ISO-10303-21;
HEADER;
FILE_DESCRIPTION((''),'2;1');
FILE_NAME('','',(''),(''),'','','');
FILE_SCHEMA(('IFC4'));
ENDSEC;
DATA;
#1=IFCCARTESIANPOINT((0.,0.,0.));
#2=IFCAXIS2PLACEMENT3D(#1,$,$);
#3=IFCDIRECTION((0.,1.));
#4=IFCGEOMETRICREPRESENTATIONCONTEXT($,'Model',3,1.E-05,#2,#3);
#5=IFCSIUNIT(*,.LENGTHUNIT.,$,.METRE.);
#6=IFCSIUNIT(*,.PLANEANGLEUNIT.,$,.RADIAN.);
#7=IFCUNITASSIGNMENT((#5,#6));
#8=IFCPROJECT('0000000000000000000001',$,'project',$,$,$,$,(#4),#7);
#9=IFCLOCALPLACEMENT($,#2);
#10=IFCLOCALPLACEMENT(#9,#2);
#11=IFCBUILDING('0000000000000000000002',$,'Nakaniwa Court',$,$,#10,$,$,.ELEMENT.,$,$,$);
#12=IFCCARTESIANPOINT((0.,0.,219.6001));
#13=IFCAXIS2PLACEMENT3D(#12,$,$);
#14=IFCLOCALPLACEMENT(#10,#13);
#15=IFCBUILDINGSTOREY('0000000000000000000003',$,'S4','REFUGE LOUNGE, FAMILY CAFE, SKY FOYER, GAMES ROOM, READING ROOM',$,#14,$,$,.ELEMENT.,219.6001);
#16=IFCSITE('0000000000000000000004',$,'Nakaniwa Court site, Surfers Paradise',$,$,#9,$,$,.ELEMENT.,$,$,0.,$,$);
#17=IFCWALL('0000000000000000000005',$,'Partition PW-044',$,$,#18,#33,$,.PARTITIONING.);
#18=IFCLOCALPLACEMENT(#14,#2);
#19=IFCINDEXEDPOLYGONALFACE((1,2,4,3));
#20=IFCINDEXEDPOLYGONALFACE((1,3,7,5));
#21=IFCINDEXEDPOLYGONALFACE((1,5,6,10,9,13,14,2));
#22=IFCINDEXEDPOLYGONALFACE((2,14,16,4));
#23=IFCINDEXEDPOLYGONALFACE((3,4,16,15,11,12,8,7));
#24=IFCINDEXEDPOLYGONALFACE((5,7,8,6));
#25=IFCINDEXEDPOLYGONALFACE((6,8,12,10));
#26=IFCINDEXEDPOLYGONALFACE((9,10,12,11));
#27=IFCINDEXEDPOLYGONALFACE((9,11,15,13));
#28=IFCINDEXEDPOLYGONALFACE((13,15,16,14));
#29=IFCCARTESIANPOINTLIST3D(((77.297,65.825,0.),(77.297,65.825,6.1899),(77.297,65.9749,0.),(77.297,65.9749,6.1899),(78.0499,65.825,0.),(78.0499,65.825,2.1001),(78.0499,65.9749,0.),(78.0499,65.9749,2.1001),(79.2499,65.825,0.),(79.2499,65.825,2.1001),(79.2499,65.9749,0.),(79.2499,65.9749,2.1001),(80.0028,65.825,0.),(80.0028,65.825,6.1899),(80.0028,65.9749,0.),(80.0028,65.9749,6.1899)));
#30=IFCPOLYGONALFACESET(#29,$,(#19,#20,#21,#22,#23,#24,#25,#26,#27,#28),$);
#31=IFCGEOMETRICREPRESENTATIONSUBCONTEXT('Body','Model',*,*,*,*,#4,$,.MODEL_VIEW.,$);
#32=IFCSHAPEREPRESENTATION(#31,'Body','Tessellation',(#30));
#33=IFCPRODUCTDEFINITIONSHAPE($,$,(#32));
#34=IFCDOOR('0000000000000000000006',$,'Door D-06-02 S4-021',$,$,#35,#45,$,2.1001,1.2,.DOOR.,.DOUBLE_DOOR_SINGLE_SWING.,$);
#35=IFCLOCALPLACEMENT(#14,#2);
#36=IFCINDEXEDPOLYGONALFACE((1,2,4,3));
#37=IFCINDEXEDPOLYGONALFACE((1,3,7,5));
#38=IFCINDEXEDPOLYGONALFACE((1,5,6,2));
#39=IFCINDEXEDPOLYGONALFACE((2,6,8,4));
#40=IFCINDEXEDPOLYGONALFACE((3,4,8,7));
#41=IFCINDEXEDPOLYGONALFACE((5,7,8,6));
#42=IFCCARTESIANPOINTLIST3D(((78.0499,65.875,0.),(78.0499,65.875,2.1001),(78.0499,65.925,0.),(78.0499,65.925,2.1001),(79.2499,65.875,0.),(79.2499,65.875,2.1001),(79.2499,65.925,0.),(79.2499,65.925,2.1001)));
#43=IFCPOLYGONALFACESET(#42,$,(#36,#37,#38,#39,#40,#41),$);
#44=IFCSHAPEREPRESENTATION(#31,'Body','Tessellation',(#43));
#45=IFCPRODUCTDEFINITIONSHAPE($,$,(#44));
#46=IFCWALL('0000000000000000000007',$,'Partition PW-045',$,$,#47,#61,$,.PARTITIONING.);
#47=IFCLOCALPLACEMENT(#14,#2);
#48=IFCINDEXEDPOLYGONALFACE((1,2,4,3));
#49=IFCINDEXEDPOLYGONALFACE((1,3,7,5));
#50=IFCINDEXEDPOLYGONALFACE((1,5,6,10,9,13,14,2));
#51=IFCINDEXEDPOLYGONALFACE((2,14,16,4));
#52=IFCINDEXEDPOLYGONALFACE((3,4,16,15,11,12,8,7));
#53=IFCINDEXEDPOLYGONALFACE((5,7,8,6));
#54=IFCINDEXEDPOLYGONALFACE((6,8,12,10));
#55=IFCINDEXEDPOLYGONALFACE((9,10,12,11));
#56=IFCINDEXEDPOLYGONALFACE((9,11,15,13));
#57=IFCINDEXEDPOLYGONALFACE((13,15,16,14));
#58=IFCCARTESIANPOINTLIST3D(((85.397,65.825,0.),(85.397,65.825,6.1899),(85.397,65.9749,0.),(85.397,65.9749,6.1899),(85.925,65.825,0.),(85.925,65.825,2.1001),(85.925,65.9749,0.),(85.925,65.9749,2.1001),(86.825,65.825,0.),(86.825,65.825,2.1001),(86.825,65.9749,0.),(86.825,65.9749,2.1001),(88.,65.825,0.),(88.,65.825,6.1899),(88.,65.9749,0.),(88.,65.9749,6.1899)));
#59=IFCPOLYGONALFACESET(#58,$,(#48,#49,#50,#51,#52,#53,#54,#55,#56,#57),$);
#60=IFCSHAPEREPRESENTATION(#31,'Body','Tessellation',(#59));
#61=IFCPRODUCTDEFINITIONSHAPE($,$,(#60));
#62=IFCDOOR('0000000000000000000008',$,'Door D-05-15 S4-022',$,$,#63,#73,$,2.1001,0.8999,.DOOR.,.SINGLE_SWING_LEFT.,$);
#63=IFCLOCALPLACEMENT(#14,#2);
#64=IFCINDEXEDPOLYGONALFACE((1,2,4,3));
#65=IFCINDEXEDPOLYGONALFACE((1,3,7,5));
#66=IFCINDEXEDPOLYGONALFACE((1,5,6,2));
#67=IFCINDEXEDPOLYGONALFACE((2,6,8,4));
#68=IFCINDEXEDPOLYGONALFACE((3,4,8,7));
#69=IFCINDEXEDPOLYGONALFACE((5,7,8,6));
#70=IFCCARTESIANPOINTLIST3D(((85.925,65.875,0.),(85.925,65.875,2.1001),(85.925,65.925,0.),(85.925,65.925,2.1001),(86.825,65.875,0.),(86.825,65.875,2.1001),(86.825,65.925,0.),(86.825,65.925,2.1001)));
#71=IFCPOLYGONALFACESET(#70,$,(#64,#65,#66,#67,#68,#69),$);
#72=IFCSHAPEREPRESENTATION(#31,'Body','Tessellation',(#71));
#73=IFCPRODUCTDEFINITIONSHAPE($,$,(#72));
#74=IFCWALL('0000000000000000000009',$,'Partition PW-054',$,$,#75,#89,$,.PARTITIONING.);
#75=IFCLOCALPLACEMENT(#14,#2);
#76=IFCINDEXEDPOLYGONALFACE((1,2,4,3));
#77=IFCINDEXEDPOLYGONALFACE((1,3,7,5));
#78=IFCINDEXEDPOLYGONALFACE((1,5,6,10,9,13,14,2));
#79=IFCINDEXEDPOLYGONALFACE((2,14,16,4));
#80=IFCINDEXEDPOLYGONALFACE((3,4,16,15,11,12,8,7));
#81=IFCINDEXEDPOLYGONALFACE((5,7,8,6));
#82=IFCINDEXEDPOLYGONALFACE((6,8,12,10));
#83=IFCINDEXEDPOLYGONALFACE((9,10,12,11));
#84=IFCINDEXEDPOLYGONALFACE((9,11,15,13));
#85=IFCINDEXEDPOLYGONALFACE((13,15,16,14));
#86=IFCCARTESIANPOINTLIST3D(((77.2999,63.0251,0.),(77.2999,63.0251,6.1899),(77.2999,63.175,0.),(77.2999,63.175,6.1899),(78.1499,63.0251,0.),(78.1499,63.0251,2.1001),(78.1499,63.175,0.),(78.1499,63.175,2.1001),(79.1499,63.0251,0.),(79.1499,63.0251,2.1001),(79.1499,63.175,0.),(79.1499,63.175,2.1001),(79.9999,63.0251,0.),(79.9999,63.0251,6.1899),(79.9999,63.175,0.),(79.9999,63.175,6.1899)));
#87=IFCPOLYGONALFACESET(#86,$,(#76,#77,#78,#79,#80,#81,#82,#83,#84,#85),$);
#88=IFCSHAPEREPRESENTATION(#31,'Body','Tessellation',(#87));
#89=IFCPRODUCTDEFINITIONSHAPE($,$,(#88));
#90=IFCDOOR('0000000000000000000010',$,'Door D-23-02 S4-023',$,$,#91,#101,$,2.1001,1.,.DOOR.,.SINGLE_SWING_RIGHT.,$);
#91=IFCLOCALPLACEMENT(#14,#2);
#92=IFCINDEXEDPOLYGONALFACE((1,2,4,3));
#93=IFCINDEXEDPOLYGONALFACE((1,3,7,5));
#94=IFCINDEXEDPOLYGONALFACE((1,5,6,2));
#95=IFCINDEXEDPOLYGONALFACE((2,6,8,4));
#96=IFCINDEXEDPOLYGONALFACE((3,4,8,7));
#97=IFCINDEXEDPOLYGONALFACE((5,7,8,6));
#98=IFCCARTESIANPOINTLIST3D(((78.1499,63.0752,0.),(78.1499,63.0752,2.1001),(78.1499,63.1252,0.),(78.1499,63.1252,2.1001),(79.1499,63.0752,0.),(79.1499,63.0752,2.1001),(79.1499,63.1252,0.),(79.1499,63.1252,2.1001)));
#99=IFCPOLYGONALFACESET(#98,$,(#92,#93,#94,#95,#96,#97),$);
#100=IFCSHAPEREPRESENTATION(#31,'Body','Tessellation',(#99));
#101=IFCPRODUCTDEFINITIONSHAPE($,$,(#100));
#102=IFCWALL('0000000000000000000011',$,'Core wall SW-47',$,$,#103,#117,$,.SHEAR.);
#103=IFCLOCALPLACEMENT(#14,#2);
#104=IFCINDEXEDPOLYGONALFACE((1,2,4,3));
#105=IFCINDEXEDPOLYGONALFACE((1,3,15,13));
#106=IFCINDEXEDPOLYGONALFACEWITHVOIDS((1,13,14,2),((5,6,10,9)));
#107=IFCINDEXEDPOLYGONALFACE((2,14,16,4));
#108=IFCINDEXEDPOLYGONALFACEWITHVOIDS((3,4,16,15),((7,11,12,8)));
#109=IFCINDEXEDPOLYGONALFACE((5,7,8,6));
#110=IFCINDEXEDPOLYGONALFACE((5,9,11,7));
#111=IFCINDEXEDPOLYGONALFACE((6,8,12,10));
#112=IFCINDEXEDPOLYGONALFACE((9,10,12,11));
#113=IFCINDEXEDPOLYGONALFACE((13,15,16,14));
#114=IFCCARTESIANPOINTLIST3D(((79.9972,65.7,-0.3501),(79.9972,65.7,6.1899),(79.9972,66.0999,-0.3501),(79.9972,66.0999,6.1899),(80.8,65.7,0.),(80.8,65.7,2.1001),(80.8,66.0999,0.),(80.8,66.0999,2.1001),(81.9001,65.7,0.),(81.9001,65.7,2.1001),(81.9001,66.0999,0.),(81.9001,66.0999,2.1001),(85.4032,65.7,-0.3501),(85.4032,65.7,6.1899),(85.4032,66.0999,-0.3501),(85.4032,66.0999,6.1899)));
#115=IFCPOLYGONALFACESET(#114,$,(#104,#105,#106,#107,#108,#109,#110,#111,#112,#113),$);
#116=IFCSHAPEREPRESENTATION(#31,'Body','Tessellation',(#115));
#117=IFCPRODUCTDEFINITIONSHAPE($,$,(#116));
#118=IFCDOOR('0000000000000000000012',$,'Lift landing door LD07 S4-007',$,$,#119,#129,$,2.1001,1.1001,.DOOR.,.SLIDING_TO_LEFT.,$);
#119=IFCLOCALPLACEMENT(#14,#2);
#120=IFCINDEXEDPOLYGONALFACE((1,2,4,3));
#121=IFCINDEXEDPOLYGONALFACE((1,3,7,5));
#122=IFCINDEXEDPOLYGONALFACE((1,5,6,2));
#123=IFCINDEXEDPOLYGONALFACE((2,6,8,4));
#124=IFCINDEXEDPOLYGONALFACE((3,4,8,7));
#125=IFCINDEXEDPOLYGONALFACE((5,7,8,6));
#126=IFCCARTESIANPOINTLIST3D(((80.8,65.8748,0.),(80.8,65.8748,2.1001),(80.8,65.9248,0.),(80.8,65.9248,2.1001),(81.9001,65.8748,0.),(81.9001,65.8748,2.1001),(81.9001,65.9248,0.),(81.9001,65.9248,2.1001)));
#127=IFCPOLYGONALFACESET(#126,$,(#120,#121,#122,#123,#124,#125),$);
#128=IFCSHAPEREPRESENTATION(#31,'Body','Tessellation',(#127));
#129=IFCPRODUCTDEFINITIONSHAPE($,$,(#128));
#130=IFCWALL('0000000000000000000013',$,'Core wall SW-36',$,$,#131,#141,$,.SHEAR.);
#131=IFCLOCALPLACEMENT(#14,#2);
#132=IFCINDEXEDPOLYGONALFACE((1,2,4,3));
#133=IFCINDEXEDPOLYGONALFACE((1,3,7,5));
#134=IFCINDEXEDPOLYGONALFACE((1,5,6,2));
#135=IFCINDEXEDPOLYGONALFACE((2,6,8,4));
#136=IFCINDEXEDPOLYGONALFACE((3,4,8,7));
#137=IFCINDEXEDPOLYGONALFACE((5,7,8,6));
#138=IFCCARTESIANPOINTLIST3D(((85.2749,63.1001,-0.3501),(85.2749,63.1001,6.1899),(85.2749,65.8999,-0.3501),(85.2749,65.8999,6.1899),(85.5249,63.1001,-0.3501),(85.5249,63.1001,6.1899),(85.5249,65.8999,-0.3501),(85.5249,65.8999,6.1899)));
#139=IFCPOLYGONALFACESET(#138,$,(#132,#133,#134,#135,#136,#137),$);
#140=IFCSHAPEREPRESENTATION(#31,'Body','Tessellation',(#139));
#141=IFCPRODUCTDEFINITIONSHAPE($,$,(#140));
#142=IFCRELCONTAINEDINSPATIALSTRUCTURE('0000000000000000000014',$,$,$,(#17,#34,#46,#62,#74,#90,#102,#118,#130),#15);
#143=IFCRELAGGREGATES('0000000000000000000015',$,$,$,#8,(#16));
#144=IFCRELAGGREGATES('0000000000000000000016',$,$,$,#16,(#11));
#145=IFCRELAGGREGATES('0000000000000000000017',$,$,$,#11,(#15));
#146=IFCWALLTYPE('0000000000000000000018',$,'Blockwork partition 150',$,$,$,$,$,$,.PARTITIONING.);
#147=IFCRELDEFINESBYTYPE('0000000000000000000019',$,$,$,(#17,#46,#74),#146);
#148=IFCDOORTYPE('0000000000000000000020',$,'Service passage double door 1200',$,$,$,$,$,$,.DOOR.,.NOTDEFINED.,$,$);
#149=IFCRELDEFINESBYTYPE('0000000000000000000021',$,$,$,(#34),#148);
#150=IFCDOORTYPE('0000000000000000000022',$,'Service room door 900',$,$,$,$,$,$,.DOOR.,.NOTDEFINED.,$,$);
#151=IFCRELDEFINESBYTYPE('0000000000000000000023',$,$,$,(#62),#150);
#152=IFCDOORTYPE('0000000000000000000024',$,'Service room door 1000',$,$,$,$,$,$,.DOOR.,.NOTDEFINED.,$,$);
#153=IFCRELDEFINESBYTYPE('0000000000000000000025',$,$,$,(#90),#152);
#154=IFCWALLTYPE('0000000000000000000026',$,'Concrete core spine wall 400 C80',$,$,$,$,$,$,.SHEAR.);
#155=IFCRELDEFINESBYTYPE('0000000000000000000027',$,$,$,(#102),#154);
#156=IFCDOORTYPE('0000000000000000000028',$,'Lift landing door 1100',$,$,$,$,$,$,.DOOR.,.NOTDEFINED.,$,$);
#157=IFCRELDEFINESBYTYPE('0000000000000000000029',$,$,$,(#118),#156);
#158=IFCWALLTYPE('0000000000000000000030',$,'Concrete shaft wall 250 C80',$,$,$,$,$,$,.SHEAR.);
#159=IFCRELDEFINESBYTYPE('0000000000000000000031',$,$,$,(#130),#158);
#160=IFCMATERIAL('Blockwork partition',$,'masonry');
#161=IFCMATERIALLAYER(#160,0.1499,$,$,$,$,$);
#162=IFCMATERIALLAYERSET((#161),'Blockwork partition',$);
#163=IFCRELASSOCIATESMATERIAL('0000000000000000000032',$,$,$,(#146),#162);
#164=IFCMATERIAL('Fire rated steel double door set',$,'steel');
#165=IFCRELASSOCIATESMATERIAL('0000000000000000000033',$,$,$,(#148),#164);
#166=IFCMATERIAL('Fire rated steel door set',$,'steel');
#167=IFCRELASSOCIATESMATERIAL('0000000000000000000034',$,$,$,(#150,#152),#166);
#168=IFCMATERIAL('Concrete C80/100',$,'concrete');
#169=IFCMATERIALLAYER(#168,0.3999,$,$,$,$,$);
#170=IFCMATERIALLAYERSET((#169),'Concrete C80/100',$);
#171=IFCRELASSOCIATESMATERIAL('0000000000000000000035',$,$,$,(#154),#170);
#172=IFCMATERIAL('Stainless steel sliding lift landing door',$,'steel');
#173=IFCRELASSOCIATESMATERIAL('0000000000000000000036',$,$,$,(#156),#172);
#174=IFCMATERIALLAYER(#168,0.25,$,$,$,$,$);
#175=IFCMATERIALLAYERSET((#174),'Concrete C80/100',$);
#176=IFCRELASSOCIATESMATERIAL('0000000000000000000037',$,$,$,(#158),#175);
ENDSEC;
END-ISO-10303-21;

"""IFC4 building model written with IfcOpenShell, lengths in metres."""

from ifc_helpers import new_model, si_unit, direction, frame, frame_2d, origin, place, context, subcontext, project, spatial, rectangle, extrude, material, layer, layer_set, type_object, element, fill, save


model = new_model("IFC4")

# Units and contexts
model_context = context("Model", 3, precision=1e-05, world=origin(), true_north=direction((0.0, 1.0)))
body_context = subcontext(model_context, "Body", "Model", "MODEL_VIEW")
ifc_project = project(units=[si_unit("LENGTHUNIT", "METRE"), si_unit("PLANEANGLEUNIT", "RADIAN")], contexts=[model_context])

# Site, building, storey
site_placement = place(None, origin())
site = spatial("IfcSite", under=ifc_project, at=site_placement, Name="Nakaniwa Court site, Surfers Paradise", CompositionType="ELEMENT", RefElevation=0.0)
building_placement = place(site_placement, origin())
building = spatial("IfcBuilding", under=site, at=building_placement, Name="Nakaniwa Court", CompositionType="ELEMENT")
storey_placement = place(building_placement, frame((0.0, 0.0, 219.6001)))
storey = spatial("IfcBuildingStorey", under=building, at=storey_placement, Name="S4", Description="REFUGE LOUNGE, FAMILY CAFE, SKY FOYER, GAMES ROOM, READING ROOM", CompositionType="ELEMENT", Elevation=219.6001)

# Shared definitions
ifc_material_1 = material(Name="Concrete C80/100", Category="concrete")

# Shared definitions
ifc_material_2 = material(Name="Fire rated steel door set", Category="steel")

# Shared definitions
ifc_material_3 = material(Name="Blockwork partition", Category="masonry")
ifc_layer_1 = layer(ifc_material_3, 0.1499)
ifc_layer_set_1 = layer_set([ifc_layer_1], Name="Blockwork partition")
wall_type_1 = type_object("IfcWallType", Name="Blockwork partition 150", PredefinedType="PARTITIONING", material=ifc_layer_set_1)

# Walls, openings, doors
wall_1_placement = place(storey_placement, frame((80.0029, 65.8999, 0.0), z_axis=(0.0, 0.0, 1.0), x_axis=(-1.0, 0.0, 0.0)))
wall_1 = element("IfcWall", 1, at=wall_1_placement, inside=storey, type_object=wall_type_1, Name="Partition PW-044", PredefinedType="PARTITIONING", context=body_context, shape_type="SweptSolid", body=[
    extrude(rectangle(XDim=2.7058, YDim=0.1499, at=frame_2d((1.353, 0.0))), origin(), (0.0, 0.0, 1.0), 6.1899),
])
opening_1_placement = place(wall_1_placement, frame((0.7529, 0.0, 0.0)))
opening_1 = element("IfcOpeningElement", 2, at=opening_1_placement, cuts=wall_1, PredefinedType="OPENING", context=body_context, shape_type="SweptSolid", body=[
    extrude(rectangle(XDim=1.2, YDim=2.1001, at=frame_2d((0.6001, 1.05))), frame((0.0, 0.085, 0.0), z_axis=(0.0, -1.0, 0.0), x_axis=(1.0, 0.0, 0.0)), (0.0, 0.0, 1.0), 0.1699),
])
ifc_material_4 = material(Name="Fire rated steel double door set", Category="steel")
door_type_1 = type_object("IfcDoorType", Name="Service passage double door 1200", OperationType="NOTDEFINED", PredefinedType="DOOR", material=ifc_material_4)
door_1_placement = place(opening_1_placement, origin())
door_1 = element("IfcDoor", 3, at=door_1_placement, inside=storey, type_object=door_type_1, Name="Door D-06-02 S4-021", OperationType="DOUBLE_DOOR_SINGLE_SWING", OverallHeight=2.1001, OverallWidth=1.2, PredefinedType="DOOR", context=body_context, shape_type="SweptSolid", body=[
    extrude(rectangle(XDim=1.2, YDim=2.1001, at=frame_2d((0.6001, 1.05))), frame((0.0, 0.0249, 0.0), z_axis=(0.0, -1.0, 0.0), x_axis=(1.0, 0.0, 0.0)), (0.0, 0.0, 1.0), 0.05),
])
fill(opening_1, door_1)
wall_2_placement = place(storey_placement, frame((88.0, 65.8999, 0.0), z_axis=(0.0, 0.0, 1.0), x_axis=(-1.0, 0.0, 0.0)))
wall_2 = element("IfcWall", 4, at=wall_2_placement, inside=storey, type_object=wall_type_1, Name="Partition PW-045", PredefinedType="PARTITIONING", context=body_context, shape_type="SweptSolid", body=[
    extrude(rectangle(XDim=2.603, YDim=0.1499, at=frame_2d((1.3015, 0.0))), origin(), (0.0, 0.0, 1.0), 6.1899),
])
opening_2_placement = place(wall_2_placement, frame((1.175, 0.0, 0.0)))
opening_2 = element("IfcOpeningElement", 5, at=opening_2_placement, cuts=wall_2, PredefinedType="OPENING", context=body_context, shape_type="SweptSolid", body=[
    extrude(rectangle(XDim=0.8999, YDim=2.1001, at=frame_2d((0.45, 1.05))), frame((0.0, 0.085, 0.0), z_axis=(0.0, -1.0, 0.0), x_axis=(1.0, 0.0, 0.0)), (0.0, 0.0, 1.0), 0.1699),
])
door_type_2 = type_object("IfcDoorType", Name="Service room door 900", OperationType="NOTDEFINED", PredefinedType="DOOR", material=ifc_material_2)
door_2_placement = place(opening_2_placement, origin())
door_2 = element("IfcDoor", 6, at=door_2_placement, inside=storey, type_object=door_type_2, Name="Door D-05-15 S4-022", OperationType="SINGLE_SWING_LEFT", OverallHeight=2.1001, OverallWidth=0.8999, PredefinedType="DOOR", context=body_context, shape_type="SweptSolid", body=[
    extrude(rectangle(XDim=0.8999, YDim=2.1001, at=frame_2d((0.45, 1.05))), frame((0.0, 0.0249, 0.0), z_axis=(0.0, -1.0, 0.0), x_axis=(1.0, 0.0, 0.0)), (0.0, 0.0, 1.0), 0.05),
])
fill(opening_2, door_2)
wall_3_placement = place(storey_placement, frame((80.0, 63.1001, 0.0), z_axis=(0.0, 0.0, 1.0), x_axis=(-1.0, 0.0, 0.0)))
wall_3 = element("IfcWall", 7, at=wall_3_placement, inside=storey, type_object=wall_type_1, Name="Partition PW-054", PredefinedType="PARTITIONING", context=body_context, shape_type="SweptSolid", body=[
    extrude(rectangle(XDim=2.7, YDim=0.1499, at=frame_2d((1.3501, 0.0))), origin(), (0.0, 0.0, 1.0), 6.1899),
])
opening_3_placement = place(wall_3_placement, frame((0.8501, 0.0, 0.0)))
opening_3 = element("IfcOpeningElement", 8, at=opening_3_placement, cuts=wall_3, PredefinedType="OPENING", context=body_context, shape_type="SweptSolid", body=[
    extrude(rectangle(XDim=1.0, YDim=2.1001, at=frame_2d((0.5, 1.05))), frame((0.0, 0.085, 0.0), z_axis=(0.0, -1.0, 0.0), x_axis=(1.0, 0.0, 0.0)), (0.0, 0.0, 1.0), 0.1699),
])
door_type_3 = type_object("IfcDoorType", Name="Service room door 1000", OperationType="NOTDEFINED", PredefinedType="DOOR", material=ifc_material_2)
door_3_placement = place(opening_3_placement, origin())
door_3 = element("IfcDoor", 9, at=door_3_placement, inside=storey, type_object=door_type_3, Name="Door D-23-02 S4-023", OperationType="SINGLE_SWING_RIGHT", OverallHeight=2.1001, OverallWidth=1.0, PredefinedType="DOOR", context=body_context, shape_type="SweptSolid", body=[
    extrude(rectangle(XDim=1.0, YDim=2.1001, at=frame_2d((0.5, 1.05))), frame((0.0, 0.0249, 0.0), z_axis=(0.0, -1.0, 0.0), x_axis=(1.0, 0.0, 0.0)), (0.0, 0.0, 1.0), 0.05),
])
fill(opening_3, door_3)
ifc_layer_2 = layer(ifc_material_1, 0.3999)
ifc_layer_set_2 = layer_set([ifc_layer_2], Name="Concrete C80/100")
wall_type_2 = type_object("IfcWallType", Name="Concrete core spine wall 400 C80", PredefinedType="SHEAR", material=ifc_layer_set_2)
wall_4_placement = place(storey_placement, frame((79.9971, 65.8999, -0.3501), z_axis=(0.0, 0.0, 1.0), x_axis=(1.0, 0.0, 0.0)))
wall_4 = element("IfcWall", 10, at=wall_4_placement, inside=storey, type_object=wall_type_2, Name="Core wall SW-47", PredefinedType="SHEAR", context=body_context, shape_type="SweptSolid", body=[
    extrude(rectangle(XDim=5.406, YDim=0.3999, at=frame_2d((2.7031, 0.0))), origin(), (0.0, 0.0, 1.0), 6.54),
])
opening_4_placement = place(wall_4_placement, frame((0.803, 0.0, 0.3501)))
opening_4 = element("IfcOpeningElement", 11, at=opening_4_placement, cuts=wall_4, PredefinedType="OPENING", context=body_context, shape_type="SweptSolid", body=[
    extrude(rectangle(XDim=1.1001, YDim=2.1001, at=frame_2d((0.55, 1.05))), frame((0.0, 0.21, 0.0), z_axis=(0.0, -1.0, 0.0), x_axis=(1.0, 0.0, 0.0)), (0.0, 0.0, 1.0), 0.4199),
])
ifc_material_5 = material(Name="Stainless steel sliding lift landing door", Category="steel")
door_type_4 = type_object("IfcDoorType", Name="Lift landing door 1100", OperationType="NOTDEFINED", PredefinedType="DOOR", material=ifc_material_5)
door_4_placement = place(opening_4_placement, origin())
door_4 = element("IfcDoor", 12, at=door_4_placement, inside=storey, type_object=door_type_4, Name="Lift landing door LD07 S4-007", OperationType="SLIDING_TO_LEFT", OverallHeight=2.1001, OverallWidth=1.1001, PredefinedType="DOOR", context=body_context, shape_type="SweptSolid", body=[
    extrude(rectangle(XDim=1.1001, YDim=2.1001, at=frame_2d((0.55, 1.05))), frame((0.0, 0.0249, 0.0), z_axis=(0.0, -1.0, 0.0), x_axis=(1.0, 0.0, 0.0)), (0.0, 0.0, 1.0), 0.05),
])
fill(opening_4, door_4)

# Wall
ifc_layer_3 = layer(ifc_material_1, 0.25)
ifc_layer_set_3 = layer_set([ifc_layer_3], Name="Concrete C80/100")
wall_type_3 = type_object("IfcWallType", Name="Concrete shaft wall 250 C80", PredefinedType="SHEAR", material=ifc_layer_set_3)
wall_5_placement = place(storey_placement, frame((85.3999, 63.1001, -0.3501), z_axis=(0.0, 0.0, 1.0), x_axis=(0.0, 1.0, 0.0)))
element("IfcWall", 13, at=wall_5_placement, inside=storey, type_object=wall_type_3, Name="Core wall SW-36", PredefinedType="SHEAR", context=body_context, shape_type="SweptSolid", body=[
    extrude(rectangle(XDim=2.7998, YDim=0.25, at=frame_2d((1.3999, 0.0))), origin(), (0.0, 0.0, 1.0), 6.54),
])

save(model, "model.ifc")
